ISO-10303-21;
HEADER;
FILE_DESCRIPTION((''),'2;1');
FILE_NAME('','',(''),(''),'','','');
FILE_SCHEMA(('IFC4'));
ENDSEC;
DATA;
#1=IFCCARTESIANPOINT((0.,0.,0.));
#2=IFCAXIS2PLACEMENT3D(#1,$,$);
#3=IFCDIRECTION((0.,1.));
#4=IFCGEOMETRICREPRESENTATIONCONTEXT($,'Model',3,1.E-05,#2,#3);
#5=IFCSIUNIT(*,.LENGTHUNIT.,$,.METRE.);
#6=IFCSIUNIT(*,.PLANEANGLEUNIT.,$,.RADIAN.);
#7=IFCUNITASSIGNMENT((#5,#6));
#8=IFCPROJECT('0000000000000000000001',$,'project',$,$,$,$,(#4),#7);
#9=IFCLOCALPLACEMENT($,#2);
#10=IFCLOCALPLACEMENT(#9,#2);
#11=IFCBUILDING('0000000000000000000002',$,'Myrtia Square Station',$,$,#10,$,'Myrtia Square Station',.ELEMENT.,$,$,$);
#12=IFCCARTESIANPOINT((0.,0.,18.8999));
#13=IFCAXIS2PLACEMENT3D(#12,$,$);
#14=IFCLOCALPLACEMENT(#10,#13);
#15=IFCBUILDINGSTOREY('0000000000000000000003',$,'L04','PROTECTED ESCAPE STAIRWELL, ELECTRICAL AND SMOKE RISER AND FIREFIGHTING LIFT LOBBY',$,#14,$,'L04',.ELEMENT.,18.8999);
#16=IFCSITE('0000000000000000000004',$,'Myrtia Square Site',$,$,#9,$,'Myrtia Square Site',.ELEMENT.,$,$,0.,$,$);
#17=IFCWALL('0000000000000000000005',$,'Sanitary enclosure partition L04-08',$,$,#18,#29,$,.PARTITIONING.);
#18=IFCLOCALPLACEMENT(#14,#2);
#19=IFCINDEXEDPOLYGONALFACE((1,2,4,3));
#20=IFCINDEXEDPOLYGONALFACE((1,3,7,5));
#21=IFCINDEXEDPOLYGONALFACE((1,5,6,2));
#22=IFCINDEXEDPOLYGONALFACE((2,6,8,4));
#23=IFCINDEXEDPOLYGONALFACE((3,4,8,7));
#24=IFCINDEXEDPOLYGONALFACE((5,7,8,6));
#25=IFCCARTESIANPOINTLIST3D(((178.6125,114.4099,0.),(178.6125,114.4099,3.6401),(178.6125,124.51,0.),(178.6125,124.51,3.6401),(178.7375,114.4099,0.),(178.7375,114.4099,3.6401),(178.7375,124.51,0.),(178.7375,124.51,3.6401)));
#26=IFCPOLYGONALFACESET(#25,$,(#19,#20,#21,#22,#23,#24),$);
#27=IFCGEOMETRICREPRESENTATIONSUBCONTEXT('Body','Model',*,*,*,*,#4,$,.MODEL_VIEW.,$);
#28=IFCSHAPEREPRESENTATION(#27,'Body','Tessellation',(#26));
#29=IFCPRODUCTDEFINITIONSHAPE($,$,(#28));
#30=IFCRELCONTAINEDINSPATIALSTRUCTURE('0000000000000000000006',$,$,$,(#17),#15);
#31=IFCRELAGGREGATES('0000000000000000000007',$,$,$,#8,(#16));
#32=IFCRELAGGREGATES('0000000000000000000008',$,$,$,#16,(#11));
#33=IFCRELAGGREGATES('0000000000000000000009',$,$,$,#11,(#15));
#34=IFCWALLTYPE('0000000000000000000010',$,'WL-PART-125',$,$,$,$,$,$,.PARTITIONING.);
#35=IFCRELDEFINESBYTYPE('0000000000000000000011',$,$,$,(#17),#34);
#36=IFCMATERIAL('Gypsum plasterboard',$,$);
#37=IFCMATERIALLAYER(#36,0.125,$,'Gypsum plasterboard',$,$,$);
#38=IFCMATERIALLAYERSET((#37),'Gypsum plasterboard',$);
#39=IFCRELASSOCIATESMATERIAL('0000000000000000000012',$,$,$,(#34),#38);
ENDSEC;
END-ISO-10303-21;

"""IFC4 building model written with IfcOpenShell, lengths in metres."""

from ifc_helpers import new_model, si_unit, direction, frame, frame_2d, origin, place, context, subcontext, project, spatial, rectangle, extrude, material, layer, layer_set, type_object, element, save


model = new_model("IFC4")

# Units and contexts
model_context = context("Model", 3, precision=1e-05, world=origin(), true_north=direction((0.0, 1.0)))
body_context = subcontext(model_context, "Body", "Model", "MODEL_VIEW")
ifc_project = project(units=[si_unit("LENGTHUNIT", "METRE"), si_unit("PLANEANGLEUNIT", "RADIAN")], contexts=[model_context])

# Site, building, storey
site_placement = place(None, origin())
site = spatial("IfcSite", under=ifc_project, at=site_placement, Name="Myrtia Square Site", LongName="Myrtia Square Site", CompositionType="ELEMENT", RefElevation=0.0)
building_placement = place(site_placement, origin())
building = spatial("IfcBuilding", under=site, at=building_placement, Name="Myrtia Square Station", LongName="Myrtia Square Station", CompositionType="ELEMENT")
storey_placement = place(building_placement, frame((0.0, 0.0, 18.8999)))
storey = spatial("IfcBuildingStorey", under=building, at=storey_placement, Name="L04", Description="PROTECTED ESCAPE STAIRWELL, ELECTRICAL AND SMOKE RISER AND FIREFIGHTING LIFT LOBBY", LongName="L04", CompositionType="ELEMENT", Elevation=18.8999)

# Wall
ifc_material_1 = material(Name="Gypsum plasterboard")
ifc_layer_1 = layer(ifc_material_1, 0.125, Name="Gypsum plasterboard")
ifc_layer_set_1 = layer_set([ifc_layer_1], Name="Gypsum plasterboard")
wall_type_1 = type_object("IfcWallType", Name="WL-PART-125", PredefinedType="PARTITIONING", material=ifc_layer_set_1)
wall_1_placement = place(storey_placement, frame((178.675, 114.4099, 0.0), z_axis=(0.0, 0.0, 1.0), x_axis=(0.0, 1.0, 0.0)))
element("IfcWall", 1, at=wall_1_placement, inside=storey, type_object=wall_type_1, Name="Sanitary enclosure partition L04-08", PredefinedType="PARTITIONING", context=body_context, shape_type="SweptSolid", body=[
    extrude(rectangle(XDim=10.1001, YDim=0.125, at=frame_2d((5.05, 0.0))), origin(), (0.0, 0.0, 1.0), 3.6401),
])

save(model, "model.ifc")
